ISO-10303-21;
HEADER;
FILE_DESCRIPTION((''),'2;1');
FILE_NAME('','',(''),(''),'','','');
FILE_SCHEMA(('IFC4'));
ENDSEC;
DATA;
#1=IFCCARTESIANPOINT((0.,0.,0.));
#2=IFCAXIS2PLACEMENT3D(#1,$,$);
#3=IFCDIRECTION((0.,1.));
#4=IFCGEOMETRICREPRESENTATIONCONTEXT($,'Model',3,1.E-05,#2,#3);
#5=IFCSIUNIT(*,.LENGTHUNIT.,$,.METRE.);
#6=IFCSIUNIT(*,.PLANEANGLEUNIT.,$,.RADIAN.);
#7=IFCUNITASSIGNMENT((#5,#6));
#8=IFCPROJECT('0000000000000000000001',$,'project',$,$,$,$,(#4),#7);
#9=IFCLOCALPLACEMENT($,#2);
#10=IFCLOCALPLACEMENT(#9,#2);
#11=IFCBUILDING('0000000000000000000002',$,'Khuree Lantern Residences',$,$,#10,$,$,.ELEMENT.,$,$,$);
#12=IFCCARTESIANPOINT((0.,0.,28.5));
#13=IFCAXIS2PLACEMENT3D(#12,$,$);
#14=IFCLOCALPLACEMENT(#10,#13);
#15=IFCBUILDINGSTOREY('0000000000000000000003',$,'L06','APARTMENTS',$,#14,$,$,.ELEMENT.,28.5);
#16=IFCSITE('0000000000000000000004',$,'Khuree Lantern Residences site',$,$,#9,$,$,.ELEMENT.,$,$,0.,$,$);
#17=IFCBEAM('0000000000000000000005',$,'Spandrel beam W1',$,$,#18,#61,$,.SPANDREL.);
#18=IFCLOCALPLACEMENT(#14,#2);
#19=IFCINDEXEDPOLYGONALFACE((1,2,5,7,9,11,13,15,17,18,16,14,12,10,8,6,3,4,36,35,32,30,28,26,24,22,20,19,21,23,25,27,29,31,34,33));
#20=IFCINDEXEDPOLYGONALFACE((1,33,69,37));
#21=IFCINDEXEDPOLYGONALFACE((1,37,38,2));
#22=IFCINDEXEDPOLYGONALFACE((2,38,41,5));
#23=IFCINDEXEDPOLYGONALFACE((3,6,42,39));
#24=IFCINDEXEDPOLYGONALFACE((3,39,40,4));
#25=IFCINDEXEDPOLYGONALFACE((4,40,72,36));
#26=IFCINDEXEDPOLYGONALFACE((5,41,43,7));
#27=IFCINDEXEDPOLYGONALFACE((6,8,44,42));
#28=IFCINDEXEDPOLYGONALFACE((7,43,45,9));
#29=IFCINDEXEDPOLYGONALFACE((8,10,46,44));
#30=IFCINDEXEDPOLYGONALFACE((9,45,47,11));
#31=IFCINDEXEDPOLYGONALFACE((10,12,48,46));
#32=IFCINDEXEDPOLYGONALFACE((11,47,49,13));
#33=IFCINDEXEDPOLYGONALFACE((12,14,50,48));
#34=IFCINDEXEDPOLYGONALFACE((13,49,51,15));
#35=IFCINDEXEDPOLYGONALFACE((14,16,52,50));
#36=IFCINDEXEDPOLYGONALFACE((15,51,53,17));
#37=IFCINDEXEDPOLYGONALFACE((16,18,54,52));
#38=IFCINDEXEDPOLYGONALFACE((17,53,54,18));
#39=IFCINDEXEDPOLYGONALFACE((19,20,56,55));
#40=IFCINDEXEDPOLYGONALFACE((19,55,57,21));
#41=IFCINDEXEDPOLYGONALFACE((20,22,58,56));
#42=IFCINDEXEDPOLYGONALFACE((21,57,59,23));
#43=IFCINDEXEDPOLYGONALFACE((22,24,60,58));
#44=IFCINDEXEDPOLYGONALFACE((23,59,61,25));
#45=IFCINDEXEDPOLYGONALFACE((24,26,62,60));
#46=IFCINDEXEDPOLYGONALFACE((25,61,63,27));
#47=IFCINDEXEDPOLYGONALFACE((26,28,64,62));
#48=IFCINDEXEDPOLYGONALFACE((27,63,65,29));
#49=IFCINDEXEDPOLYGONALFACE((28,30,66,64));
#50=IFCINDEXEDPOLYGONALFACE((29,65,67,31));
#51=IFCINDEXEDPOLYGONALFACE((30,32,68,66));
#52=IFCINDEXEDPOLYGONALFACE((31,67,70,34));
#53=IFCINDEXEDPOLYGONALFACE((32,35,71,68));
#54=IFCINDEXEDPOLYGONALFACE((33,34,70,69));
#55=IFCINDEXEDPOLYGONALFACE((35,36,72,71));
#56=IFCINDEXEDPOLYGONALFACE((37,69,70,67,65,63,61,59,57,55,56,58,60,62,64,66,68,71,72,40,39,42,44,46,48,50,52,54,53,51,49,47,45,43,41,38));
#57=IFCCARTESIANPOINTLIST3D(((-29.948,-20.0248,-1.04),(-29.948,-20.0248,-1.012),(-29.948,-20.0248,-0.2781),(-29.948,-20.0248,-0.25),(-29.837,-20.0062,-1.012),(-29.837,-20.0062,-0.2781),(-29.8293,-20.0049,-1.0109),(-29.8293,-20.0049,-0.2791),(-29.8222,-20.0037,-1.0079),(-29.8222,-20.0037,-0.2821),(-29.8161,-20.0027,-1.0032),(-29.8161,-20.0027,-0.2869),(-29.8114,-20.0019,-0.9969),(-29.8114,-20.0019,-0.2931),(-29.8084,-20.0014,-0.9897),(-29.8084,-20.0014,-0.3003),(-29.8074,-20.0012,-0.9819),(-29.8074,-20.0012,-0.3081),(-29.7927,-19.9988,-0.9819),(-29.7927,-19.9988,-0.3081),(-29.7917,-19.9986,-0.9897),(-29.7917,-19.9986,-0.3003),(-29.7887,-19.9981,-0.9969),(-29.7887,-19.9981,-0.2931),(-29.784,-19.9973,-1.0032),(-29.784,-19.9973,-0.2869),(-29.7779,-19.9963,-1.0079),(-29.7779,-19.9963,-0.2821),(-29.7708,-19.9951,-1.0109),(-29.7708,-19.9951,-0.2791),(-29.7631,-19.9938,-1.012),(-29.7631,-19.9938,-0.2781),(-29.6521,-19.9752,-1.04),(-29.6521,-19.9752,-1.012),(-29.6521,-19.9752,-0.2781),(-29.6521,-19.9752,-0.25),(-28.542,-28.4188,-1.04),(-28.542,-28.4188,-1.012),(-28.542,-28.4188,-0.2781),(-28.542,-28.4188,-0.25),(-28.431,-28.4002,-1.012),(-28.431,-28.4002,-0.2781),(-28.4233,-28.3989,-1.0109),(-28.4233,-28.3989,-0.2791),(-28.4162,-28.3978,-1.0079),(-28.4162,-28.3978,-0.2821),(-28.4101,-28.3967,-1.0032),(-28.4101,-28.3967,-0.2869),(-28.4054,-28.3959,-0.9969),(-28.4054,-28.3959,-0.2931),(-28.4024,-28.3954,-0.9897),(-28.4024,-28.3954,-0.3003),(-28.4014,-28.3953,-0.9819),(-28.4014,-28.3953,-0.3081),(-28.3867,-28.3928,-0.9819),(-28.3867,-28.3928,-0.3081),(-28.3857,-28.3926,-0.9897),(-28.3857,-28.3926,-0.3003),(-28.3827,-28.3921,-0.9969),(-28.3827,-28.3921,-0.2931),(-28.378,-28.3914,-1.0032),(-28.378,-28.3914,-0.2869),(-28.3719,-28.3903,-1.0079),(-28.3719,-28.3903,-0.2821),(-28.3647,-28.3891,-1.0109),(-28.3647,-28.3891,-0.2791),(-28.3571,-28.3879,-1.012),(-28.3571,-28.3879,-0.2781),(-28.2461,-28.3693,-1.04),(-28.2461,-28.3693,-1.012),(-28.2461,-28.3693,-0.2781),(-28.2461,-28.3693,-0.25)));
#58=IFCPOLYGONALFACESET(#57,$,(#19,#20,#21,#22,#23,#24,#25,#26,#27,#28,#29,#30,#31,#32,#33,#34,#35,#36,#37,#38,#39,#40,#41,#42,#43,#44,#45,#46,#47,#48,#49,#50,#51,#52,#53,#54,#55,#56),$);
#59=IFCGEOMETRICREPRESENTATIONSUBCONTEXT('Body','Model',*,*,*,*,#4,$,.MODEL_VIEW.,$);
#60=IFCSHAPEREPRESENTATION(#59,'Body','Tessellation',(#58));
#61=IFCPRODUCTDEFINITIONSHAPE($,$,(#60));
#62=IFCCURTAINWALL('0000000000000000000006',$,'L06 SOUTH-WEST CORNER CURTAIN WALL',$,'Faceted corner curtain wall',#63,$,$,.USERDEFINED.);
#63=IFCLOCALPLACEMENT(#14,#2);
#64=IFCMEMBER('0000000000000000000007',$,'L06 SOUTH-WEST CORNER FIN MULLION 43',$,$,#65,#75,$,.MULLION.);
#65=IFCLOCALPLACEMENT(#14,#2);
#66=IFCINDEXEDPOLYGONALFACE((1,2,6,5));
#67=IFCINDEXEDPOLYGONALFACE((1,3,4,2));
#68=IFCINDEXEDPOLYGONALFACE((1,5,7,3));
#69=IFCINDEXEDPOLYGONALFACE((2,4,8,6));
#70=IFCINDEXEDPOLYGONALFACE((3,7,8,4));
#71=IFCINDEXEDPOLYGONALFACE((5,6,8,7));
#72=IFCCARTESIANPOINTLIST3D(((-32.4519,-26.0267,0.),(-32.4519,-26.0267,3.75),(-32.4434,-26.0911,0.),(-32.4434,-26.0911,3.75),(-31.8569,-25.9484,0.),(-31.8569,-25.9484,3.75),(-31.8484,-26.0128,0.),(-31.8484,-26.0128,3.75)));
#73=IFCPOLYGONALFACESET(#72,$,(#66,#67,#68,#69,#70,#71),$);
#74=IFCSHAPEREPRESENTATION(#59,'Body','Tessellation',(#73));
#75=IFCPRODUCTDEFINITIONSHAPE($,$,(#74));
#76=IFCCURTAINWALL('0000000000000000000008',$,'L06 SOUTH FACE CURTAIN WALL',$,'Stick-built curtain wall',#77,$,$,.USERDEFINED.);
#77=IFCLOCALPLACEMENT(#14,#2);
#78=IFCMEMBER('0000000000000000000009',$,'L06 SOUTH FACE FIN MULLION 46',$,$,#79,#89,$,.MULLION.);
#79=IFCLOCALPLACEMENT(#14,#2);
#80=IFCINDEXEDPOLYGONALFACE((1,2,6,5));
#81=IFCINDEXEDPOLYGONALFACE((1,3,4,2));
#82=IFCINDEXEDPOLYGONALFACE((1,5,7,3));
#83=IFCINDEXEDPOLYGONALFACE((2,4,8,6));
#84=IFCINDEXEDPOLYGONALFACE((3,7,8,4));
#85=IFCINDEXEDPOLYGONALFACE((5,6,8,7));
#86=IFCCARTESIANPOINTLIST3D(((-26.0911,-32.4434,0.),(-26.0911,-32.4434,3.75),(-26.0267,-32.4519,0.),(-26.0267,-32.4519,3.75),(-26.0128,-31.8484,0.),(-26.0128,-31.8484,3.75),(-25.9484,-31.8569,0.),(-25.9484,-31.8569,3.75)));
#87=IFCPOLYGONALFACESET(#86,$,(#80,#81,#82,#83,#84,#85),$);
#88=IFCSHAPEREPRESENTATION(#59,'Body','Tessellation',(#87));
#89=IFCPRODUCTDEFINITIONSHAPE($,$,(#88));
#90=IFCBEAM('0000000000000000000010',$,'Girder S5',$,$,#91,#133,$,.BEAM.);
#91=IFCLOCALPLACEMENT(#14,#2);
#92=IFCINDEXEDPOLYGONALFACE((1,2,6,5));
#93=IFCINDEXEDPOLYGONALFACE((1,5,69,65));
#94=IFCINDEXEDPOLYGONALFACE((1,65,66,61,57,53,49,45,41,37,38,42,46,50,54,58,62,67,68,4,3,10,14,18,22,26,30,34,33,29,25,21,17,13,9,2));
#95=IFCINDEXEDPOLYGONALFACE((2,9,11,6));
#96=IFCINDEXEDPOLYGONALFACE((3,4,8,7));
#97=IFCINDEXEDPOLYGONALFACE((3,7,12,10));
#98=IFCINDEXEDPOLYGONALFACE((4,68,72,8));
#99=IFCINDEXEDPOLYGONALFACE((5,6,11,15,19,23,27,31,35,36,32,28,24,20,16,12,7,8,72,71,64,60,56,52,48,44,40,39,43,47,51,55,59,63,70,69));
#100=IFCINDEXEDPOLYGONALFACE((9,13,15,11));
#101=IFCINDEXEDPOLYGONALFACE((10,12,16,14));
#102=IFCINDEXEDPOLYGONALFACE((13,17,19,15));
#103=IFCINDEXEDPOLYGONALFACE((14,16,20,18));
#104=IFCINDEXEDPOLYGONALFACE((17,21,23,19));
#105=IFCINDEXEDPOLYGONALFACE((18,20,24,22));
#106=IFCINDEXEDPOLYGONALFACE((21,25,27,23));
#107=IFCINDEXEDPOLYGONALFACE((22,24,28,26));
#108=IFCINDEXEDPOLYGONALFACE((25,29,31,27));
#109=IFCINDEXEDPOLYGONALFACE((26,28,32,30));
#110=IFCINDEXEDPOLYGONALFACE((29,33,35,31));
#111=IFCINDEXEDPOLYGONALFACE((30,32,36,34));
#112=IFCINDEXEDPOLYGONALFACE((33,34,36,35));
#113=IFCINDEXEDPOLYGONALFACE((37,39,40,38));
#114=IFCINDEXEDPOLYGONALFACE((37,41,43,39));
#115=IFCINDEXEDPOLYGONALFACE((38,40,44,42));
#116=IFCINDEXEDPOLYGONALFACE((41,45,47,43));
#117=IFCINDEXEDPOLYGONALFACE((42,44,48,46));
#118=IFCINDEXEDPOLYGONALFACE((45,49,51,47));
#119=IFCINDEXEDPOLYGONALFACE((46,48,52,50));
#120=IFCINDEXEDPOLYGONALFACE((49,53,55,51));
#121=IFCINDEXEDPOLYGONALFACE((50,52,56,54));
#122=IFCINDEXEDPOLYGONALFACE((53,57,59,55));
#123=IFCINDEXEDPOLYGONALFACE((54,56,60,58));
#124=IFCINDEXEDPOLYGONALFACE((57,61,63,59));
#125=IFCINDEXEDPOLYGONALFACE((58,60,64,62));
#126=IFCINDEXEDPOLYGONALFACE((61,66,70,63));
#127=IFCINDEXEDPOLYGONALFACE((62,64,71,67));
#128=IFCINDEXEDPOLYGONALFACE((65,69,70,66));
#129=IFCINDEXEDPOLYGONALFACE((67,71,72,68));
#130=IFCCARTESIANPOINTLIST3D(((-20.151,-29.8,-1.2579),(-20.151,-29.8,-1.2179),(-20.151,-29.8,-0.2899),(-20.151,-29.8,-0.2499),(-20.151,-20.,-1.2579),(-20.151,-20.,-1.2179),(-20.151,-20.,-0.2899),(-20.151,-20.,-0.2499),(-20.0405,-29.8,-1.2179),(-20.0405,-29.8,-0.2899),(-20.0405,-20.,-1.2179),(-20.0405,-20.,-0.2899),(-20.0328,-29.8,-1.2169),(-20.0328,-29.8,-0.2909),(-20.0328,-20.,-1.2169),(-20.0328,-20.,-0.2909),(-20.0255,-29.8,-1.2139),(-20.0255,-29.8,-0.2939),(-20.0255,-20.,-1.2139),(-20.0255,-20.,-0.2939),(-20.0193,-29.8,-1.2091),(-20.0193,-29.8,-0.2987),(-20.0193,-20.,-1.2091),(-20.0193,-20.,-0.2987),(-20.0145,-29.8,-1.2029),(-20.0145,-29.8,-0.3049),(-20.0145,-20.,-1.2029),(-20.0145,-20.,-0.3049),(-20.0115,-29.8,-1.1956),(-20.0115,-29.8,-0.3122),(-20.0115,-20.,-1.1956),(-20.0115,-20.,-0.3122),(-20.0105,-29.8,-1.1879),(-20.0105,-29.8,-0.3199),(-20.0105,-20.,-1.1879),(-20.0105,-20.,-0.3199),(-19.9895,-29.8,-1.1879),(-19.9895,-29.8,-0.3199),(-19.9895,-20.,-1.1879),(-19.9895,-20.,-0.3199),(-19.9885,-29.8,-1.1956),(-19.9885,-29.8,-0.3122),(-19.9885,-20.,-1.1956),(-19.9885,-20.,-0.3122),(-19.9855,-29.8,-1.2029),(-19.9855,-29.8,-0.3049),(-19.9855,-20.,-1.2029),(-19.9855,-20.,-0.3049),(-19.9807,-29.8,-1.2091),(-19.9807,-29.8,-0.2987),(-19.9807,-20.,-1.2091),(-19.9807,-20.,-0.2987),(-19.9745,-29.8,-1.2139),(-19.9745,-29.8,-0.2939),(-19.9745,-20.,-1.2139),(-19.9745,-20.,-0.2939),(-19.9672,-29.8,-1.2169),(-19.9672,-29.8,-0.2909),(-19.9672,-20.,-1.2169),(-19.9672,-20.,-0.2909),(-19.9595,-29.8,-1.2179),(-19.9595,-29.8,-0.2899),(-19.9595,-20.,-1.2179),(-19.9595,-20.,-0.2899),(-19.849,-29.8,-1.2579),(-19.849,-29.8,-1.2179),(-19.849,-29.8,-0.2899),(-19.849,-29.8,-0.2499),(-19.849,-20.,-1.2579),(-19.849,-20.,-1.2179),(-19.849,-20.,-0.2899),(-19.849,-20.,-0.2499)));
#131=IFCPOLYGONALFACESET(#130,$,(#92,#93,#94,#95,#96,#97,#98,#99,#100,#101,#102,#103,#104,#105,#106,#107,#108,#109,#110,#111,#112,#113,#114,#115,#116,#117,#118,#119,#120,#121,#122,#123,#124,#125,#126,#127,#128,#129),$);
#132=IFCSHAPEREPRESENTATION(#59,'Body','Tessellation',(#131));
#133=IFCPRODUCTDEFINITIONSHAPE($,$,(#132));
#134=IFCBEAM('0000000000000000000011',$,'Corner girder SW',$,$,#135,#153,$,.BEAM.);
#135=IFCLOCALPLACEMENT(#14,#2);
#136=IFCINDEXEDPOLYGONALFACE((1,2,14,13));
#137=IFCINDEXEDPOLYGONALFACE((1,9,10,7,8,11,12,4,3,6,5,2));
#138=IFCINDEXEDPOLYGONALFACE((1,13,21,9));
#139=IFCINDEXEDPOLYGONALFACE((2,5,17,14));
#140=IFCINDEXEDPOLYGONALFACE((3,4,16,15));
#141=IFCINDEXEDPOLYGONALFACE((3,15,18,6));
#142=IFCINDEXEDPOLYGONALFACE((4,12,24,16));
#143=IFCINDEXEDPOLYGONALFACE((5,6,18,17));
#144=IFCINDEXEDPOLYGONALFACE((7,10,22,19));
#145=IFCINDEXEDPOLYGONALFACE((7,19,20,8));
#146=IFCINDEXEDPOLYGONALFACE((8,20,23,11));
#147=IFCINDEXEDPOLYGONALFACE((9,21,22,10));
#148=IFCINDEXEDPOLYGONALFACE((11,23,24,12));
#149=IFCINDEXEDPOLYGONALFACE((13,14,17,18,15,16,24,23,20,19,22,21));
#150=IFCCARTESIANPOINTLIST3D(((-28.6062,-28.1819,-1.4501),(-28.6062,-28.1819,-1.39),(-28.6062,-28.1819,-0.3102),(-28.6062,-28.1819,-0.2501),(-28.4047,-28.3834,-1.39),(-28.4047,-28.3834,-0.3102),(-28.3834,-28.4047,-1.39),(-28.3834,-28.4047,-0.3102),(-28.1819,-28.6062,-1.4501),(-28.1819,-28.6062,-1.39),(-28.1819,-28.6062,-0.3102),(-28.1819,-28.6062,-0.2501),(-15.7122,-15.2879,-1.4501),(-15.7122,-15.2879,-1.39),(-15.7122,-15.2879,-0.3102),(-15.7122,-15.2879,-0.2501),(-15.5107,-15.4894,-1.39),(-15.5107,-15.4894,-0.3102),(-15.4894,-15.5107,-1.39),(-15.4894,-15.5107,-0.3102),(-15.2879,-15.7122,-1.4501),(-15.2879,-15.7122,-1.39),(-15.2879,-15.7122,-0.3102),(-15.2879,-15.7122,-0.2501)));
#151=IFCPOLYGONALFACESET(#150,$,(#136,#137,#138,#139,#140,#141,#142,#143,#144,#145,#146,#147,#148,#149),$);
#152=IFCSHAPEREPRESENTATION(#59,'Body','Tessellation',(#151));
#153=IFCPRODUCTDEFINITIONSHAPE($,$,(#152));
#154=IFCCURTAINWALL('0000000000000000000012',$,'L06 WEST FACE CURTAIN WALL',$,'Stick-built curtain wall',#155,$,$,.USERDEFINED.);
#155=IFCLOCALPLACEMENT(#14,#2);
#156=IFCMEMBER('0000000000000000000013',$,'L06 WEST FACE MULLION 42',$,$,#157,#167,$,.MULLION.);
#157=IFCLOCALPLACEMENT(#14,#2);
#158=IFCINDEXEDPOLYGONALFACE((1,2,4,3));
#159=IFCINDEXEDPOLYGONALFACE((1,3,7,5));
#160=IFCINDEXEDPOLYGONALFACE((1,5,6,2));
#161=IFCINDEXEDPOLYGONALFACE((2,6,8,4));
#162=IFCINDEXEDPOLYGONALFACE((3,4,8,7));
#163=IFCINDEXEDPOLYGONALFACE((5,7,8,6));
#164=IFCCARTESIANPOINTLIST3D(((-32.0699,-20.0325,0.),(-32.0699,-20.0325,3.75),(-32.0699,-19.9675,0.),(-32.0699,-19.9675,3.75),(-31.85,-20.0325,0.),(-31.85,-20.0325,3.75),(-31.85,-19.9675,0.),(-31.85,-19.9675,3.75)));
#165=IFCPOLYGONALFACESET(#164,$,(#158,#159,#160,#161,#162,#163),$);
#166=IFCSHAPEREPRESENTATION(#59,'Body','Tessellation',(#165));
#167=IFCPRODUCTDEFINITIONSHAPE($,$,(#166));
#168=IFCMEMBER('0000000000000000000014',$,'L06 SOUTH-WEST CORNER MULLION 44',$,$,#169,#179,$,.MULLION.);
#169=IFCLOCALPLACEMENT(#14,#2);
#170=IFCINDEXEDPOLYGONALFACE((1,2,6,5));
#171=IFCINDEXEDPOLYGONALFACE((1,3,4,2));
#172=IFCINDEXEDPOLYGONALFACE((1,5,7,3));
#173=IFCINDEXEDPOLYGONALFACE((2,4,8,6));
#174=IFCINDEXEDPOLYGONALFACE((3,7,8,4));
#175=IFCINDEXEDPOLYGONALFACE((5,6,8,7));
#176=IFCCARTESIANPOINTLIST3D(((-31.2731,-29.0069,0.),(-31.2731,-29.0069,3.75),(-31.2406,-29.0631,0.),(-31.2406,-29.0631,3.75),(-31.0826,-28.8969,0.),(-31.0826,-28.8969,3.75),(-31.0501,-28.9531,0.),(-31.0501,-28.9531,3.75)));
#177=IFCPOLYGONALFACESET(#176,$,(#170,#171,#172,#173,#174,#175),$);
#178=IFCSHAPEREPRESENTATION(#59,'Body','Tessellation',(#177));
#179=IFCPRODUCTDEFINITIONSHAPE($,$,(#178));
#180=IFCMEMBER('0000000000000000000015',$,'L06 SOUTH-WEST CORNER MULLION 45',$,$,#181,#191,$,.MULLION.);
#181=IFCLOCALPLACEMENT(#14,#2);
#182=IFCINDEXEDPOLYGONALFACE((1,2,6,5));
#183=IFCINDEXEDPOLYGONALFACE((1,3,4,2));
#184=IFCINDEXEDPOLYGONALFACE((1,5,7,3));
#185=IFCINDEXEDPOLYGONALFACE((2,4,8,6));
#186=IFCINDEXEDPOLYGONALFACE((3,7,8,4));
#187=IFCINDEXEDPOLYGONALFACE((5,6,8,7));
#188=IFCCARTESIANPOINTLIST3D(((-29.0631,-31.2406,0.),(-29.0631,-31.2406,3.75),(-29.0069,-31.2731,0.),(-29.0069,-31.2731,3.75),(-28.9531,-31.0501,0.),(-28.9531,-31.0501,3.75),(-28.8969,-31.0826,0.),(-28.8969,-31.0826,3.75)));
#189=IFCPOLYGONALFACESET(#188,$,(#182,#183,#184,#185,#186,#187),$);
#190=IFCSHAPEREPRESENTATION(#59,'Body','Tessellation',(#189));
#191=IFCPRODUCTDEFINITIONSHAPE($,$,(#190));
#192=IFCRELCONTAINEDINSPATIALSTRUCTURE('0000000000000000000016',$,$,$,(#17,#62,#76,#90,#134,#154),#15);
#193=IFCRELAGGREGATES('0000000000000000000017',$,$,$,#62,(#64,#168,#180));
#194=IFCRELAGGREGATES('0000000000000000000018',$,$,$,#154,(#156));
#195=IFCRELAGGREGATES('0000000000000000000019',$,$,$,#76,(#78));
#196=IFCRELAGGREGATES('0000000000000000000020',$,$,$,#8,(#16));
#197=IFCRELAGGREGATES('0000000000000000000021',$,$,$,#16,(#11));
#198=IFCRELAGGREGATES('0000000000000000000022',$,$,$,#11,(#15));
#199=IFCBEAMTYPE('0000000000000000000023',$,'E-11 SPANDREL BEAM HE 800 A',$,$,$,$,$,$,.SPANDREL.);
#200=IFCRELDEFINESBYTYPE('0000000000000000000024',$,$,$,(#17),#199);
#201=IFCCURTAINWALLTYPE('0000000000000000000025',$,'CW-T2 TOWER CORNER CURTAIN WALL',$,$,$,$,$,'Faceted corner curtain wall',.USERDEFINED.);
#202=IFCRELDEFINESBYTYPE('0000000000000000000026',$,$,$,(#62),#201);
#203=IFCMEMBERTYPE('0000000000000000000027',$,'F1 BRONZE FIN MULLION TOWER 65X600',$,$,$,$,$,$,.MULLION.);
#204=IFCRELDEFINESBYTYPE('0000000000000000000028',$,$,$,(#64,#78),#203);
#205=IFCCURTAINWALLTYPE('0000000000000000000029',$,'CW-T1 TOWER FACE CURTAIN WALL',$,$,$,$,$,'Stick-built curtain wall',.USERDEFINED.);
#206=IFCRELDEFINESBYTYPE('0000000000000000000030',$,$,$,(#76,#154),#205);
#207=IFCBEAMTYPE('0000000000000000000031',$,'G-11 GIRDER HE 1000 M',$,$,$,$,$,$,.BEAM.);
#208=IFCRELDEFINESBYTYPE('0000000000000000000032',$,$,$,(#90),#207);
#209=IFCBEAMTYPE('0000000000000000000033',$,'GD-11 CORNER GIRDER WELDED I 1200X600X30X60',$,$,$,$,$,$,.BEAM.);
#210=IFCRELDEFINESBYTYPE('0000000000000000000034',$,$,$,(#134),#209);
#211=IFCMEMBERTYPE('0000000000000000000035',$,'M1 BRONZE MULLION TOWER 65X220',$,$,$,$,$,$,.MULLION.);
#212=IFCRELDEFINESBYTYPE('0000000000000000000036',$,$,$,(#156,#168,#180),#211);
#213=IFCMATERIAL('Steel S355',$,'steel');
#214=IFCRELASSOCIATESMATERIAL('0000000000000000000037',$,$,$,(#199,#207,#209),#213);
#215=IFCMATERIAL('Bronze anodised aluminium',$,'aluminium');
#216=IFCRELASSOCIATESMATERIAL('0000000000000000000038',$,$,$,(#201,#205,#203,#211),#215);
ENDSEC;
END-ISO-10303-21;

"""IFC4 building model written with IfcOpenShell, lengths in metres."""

from ifc_helpers import new_model, si_unit, direction, frame, origin, origin_2d, place, context, subcontext, project, spatial, rectangle, i_section, extrude, material, material_profile, profile_set, type_object, element, aggregate, save


model = new_model("IFC4")

# Units and contexts
model_context = context("Model", 3, precision=1e-05, world=origin(), true_north=direction((0.0, 1.0)))
body_context = subcontext(model_context, "Body", "Model", "MODEL_VIEW")
ifc_project = project(units=[si_unit("LENGTHUNIT", "METRE"), si_unit("PLANEANGLEUNIT", "RADIAN")], contexts=[model_context])

# Site, building, storey
site_placement = place(None, origin())
site = spatial("IfcSite", under=ifc_project, at=site_placement, Name="Khuree Lantern Residences site", CompositionType="ELEMENT", RefElevation=0.0)
building_placement = place(site_placement, origin())
building = spatial("IfcBuilding", under=site, at=building_placement, Name="Khuree Lantern Residences", CompositionType="ELEMENT")
storey_placement = place(building_placement, frame((0.0, 0.0, 28.5)))
storey = spatial("IfcBuildingStorey", under=building, at=storey_placement, Name="L06", Description="APARTMENTS", CompositionType="ELEMENT", Elevation=28.5)

# Beam
ifc_material_1 = material(Name="Steel S355", Category="steel")
ifc_material_profile_1 = material_profile(ifc_material_1, i_section(OverallWidth=0.3, OverallDepth=0.79, WebThickness=0.0149, FlangeThickness=0.0281, FilletRadius=0.03, at=origin_2d()), Name="HE 800 A")
ifc_profile_set_1 = profile_set([ifc_material_profile_1], Name="Steel S355")
beam_type_1 = type_object("IfcBeamType", Name="E-11 SPANDREL BEAM HE 800 A", PredefinedType="SPANDREL", material=ifc_profile_set_1)
for number, where, z_axis, x_axis, name in (
    (1, (-28.394, -28.394, -0.645), (-0.165199, 0.98626, 0.0), (-0.98626, -0.165199, 0.0), "Spandrel beam W1"),
):
    element("IfcBeam", number, at=place(storey_placement, frame(where, z_axis=z_axis, x_axis=x_axis)), inside=storey, type_object=beam_type_1, Name=name, PredefinedType="SPANDREL", context=body_context, shape_type="SweptSolid", body=[
        extrude(i_section(OverallWidth=0.3, OverallDepth=0.79, WebThickness=0.0149, FlangeThickness=0.0281, FilletRadius=0.03, at=origin_2d()), origin(), (0.0, 0.0, 1.0), 8.511),
    ])

# Curtain walls, members
ifc_material_2 = material(Name="Bronze anodised aluminium", Category="aluminium")
curtain_wall_type_1 = type_object("IfcCurtainWallType", Name="CW-T2 TOWER CORNER CURTAIN WALL", ElementType="Faceted corner curtain wall", PredefinedType="USERDEFINED", material=ifc_material_2)
curtain_wall_1_placement = place(storey_placement, origin())
curtain_wall_1 = element("IfcCurtainWall", 2, at=curtain_wall_1_placement, inside=storey, type_object=curtain_wall_type_1, Name="L06 SOUTH-WEST CORNER CURTAIN WALL", ObjectType="Faceted corner curtain wall", PredefinedType="USERDEFINED")
ifc_material_profile_2 = material_profile(ifc_material_2, rectangle(XDim=0.0649, YDim=0.6001, at=origin_2d()), Name="F1 65X600")
ifc_profile_set_2 = profile_set([ifc_material_profile_2], Name="Bronze anodised aluminium")
member_type_1 = type_object("IfcMemberType", Name="F1 BRONZE FIN MULLION TOWER 65X600", PredefinedType="MULLION", material=ifc_profile_set_2)
member_1_placement = place(storey_placement, frame((-32.1501, -26.0198, 0.0), z_axis=(0.0, 0.0, 1.0), x_axis=(0.130526, -0.991445, 0.0)))
member_1 = element("IfcMember", 3, at=member_1_placement, type_object=member_type_1, Name="L06 SOUTH-WEST CORNER FIN MULLION 43", PredefinedType="MULLION", context=body_context, shape_type="SweptSolid", body=[
    extrude(rectangle(XDim=0.0649, YDim=0.6001, at=origin_2d()), origin(), (0.0, 0.0, 1.0), 3.75),
])
curtain_wall_type_2 = type_object("IfcCurtainWallType", Name="CW-T1 TOWER FACE CURTAIN WALL", ElementType="Stick-built curtain wall", PredefinedType="USERDEFINED", material=ifc_material_2)
curtain_wall_2_placement = place(storey_placement, origin())
curtain_wall_2 = element("IfcCurtainWall", 4, at=curtain_wall_2_placement, inside=storey, type_object=curtain_wall_type_2, Name="L06 SOUTH FACE CURTAIN WALL", ObjectType="Stick-built curtain wall", PredefinedType="USERDEFINED")
member_2_placement = place(storey_placement, frame((-26.0198, -32.1501, 0.0), z_axis=(0.0, 0.0, 1.0), x_axis=(0.991445, -0.130526, 0.0)))
member_2 = element("IfcMember", 5, at=member_2_placement, type_object=member_type_1, Name="L06 SOUTH FACE FIN MULLION 46", PredefinedType="MULLION", context=body_context, shape_type="SweptSolid", body=[
    extrude(rectangle(XDim=0.0649, YDim=0.6001, at=origin_2d()), origin(), (0.0, 0.0, 1.0), 3.75),
])

# Beams
ifc_material_profile_3 = material_profile(ifc_material_1, i_section(OverallWidth=0.302, OverallDepth=1.0081, WebThickness=0.021, FlangeThickness=0.04, FilletRadius=0.03, at=origin_2d()), Name="HE 1000 M")
ifc_profile_set_3 = profile_set([ifc_material_profile_3], Name="Steel S355")
beam_type_2 = type_object("IfcBeamType", Name="G-11 GIRDER HE 1000 M", PredefinedType="BEAM", material=ifc_profile_set_3)
beam_1_placement = place(storey_placement, frame((-20.0, -29.8, -0.7539), z_axis=(0.0, 1.0, 0.0), x_axis=(-1.0, 0.0, 0.0)))
element("IfcBeam", 6, at=beam_1_placement, inside=storey, type_object=beam_type_2, Name="Girder S5", PredefinedType="BEAM", context=body_context, shape_type="SweptSolid", body=[
    extrude(i_section(OverallWidth=0.302, OverallDepth=1.0081, WebThickness=0.021, FlangeThickness=0.04, FilletRadius=0.03, at=origin_2d()), origin(), (0.0, 0.0, 1.0), 9.8),
])
ifc_material_profile_4 = material_profile(ifc_material_1, i_section(OverallWidth=0.6001, OverallDepth=1.2, WebThickness=0.03, FlangeThickness=0.0601, at=origin_2d()), Name="WELDED I 1200X600X30X60")
ifc_profile_set_4 = profile_set([ifc_material_profile_4], Name="Steel S355")
beam_type_3 = type_object("IfcBeamType", Name="GD-11 CORNER GIRDER WELDED I 1200X600X30X60", PredefinedType="BEAM", material=ifc_profile_set_4)
beam_2_placement = place(storey_placement, frame((-28.394, -28.394, -0.8501), z_axis=(0.707107, 0.707107, 0.0), x_axis=(-0.707107, 0.707107, 0.0)))
element("IfcBeam", 7, at=beam_2_placement, inside=storey, type_object=beam_type_3, Name="Corner girder SW", PredefinedType="BEAM", context=body_context, shape_type="SweptSolid", body=[
    extrude(i_section(OverallWidth=0.6001, OverallDepth=1.2, WebThickness=0.03, FlangeThickness=0.0601, at=origin_2d()), origin(), (0.0, 0.0, 1.0), 18.2349),
])

# Curtain wall, member
curtain_wall_3_placement = place(storey_placement, origin())
curtain_wall_3 = element("IfcCurtainWall", 8, at=curtain_wall_3_placement, inside=storey, type_object=curtain_wall_type_2, Name="L06 WEST FACE CURTAIN WALL", ObjectType="Stick-built curtain wall", PredefinedType="USERDEFINED")
ifc_material_profile_5 = material_profile(ifc_material_2, rectangle(XDim=0.0649, YDim=0.22, at=origin_2d()), Name="M1 65X220")
ifc_profile_set_5 = profile_set([ifc_material_profile_5], Name="Bronze anodised aluminium")
member_type_2 = type_object("IfcMemberType", Name="M1 BRONZE MULLION TOWER 65X220", PredefinedType="MULLION", material=ifc_profile_set_5)
member_3_placement = place(storey_placement, frame((-31.96, -20.0, 0.0), z_axis=(0.0, 0.0, 1.0), x_axis=(0.0, -1.0, 0.0)))
member_3 = element("IfcMember", 9, at=member_3_placement, type_object=member_type_2, Name="L06 WEST FACE MULLION 42", PredefinedType="MULLION", context=body_context, shape_type="SweptSolid", body=[
    extrude(rectangle(XDim=0.0649, YDim=0.22, at=origin_2d()), origin(), (0.0, 0.0, 1.0), 3.75),
])

# Members
member_4_placement = place(storey_placement, frame((-31.1616, -28.98, 0.0), z_axis=(0.0, 0.0, 1.0), x_axis=(0.5, -0.866025, 0.0)))
member_4 = element("IfcMember", 10, at=member_4_placement, type_object=member_type_2, Name="L06 SOUTH-WEST CORNER MULLION 44", PredefinedType="MULLION", context=body_context, shape_type="SweptSolid", body=[
    extrude(rectangle(XDim=0.0649, YDim=0.22, at=origin_2d()), origin(), (0.0, 0.0, 1.0), 3.75),
])
member_5_placement = place(storey_placement, frame((-28.98, -31.1616, 0.0), z_axis=(0.0, 0.0, 1.0), x_axis=(0.866025, -0.5, 0.0)))
member_5 = element("IfcMember", 11, at=member_5_placement, type_object=member_type_2, Name="L06 SOUTH-WEST CORNER MULLION 45", PredefinedType="MULLION", context=body_context, shape_type="SweptSolid", body=[
    extrude(rectangle(XDim=0.0649, YDim=0.22, at=origin_2d()), origin(), (0.0, 0.0, 1.0), 3.75),
])

aggregate(curtain_wall_1, [member_1, member_4, member_5])
aggregate(curtain_wall_3, [member_3])
aggregate(curtain_wall_2, [member_2])

save(model, "model.ifc")
